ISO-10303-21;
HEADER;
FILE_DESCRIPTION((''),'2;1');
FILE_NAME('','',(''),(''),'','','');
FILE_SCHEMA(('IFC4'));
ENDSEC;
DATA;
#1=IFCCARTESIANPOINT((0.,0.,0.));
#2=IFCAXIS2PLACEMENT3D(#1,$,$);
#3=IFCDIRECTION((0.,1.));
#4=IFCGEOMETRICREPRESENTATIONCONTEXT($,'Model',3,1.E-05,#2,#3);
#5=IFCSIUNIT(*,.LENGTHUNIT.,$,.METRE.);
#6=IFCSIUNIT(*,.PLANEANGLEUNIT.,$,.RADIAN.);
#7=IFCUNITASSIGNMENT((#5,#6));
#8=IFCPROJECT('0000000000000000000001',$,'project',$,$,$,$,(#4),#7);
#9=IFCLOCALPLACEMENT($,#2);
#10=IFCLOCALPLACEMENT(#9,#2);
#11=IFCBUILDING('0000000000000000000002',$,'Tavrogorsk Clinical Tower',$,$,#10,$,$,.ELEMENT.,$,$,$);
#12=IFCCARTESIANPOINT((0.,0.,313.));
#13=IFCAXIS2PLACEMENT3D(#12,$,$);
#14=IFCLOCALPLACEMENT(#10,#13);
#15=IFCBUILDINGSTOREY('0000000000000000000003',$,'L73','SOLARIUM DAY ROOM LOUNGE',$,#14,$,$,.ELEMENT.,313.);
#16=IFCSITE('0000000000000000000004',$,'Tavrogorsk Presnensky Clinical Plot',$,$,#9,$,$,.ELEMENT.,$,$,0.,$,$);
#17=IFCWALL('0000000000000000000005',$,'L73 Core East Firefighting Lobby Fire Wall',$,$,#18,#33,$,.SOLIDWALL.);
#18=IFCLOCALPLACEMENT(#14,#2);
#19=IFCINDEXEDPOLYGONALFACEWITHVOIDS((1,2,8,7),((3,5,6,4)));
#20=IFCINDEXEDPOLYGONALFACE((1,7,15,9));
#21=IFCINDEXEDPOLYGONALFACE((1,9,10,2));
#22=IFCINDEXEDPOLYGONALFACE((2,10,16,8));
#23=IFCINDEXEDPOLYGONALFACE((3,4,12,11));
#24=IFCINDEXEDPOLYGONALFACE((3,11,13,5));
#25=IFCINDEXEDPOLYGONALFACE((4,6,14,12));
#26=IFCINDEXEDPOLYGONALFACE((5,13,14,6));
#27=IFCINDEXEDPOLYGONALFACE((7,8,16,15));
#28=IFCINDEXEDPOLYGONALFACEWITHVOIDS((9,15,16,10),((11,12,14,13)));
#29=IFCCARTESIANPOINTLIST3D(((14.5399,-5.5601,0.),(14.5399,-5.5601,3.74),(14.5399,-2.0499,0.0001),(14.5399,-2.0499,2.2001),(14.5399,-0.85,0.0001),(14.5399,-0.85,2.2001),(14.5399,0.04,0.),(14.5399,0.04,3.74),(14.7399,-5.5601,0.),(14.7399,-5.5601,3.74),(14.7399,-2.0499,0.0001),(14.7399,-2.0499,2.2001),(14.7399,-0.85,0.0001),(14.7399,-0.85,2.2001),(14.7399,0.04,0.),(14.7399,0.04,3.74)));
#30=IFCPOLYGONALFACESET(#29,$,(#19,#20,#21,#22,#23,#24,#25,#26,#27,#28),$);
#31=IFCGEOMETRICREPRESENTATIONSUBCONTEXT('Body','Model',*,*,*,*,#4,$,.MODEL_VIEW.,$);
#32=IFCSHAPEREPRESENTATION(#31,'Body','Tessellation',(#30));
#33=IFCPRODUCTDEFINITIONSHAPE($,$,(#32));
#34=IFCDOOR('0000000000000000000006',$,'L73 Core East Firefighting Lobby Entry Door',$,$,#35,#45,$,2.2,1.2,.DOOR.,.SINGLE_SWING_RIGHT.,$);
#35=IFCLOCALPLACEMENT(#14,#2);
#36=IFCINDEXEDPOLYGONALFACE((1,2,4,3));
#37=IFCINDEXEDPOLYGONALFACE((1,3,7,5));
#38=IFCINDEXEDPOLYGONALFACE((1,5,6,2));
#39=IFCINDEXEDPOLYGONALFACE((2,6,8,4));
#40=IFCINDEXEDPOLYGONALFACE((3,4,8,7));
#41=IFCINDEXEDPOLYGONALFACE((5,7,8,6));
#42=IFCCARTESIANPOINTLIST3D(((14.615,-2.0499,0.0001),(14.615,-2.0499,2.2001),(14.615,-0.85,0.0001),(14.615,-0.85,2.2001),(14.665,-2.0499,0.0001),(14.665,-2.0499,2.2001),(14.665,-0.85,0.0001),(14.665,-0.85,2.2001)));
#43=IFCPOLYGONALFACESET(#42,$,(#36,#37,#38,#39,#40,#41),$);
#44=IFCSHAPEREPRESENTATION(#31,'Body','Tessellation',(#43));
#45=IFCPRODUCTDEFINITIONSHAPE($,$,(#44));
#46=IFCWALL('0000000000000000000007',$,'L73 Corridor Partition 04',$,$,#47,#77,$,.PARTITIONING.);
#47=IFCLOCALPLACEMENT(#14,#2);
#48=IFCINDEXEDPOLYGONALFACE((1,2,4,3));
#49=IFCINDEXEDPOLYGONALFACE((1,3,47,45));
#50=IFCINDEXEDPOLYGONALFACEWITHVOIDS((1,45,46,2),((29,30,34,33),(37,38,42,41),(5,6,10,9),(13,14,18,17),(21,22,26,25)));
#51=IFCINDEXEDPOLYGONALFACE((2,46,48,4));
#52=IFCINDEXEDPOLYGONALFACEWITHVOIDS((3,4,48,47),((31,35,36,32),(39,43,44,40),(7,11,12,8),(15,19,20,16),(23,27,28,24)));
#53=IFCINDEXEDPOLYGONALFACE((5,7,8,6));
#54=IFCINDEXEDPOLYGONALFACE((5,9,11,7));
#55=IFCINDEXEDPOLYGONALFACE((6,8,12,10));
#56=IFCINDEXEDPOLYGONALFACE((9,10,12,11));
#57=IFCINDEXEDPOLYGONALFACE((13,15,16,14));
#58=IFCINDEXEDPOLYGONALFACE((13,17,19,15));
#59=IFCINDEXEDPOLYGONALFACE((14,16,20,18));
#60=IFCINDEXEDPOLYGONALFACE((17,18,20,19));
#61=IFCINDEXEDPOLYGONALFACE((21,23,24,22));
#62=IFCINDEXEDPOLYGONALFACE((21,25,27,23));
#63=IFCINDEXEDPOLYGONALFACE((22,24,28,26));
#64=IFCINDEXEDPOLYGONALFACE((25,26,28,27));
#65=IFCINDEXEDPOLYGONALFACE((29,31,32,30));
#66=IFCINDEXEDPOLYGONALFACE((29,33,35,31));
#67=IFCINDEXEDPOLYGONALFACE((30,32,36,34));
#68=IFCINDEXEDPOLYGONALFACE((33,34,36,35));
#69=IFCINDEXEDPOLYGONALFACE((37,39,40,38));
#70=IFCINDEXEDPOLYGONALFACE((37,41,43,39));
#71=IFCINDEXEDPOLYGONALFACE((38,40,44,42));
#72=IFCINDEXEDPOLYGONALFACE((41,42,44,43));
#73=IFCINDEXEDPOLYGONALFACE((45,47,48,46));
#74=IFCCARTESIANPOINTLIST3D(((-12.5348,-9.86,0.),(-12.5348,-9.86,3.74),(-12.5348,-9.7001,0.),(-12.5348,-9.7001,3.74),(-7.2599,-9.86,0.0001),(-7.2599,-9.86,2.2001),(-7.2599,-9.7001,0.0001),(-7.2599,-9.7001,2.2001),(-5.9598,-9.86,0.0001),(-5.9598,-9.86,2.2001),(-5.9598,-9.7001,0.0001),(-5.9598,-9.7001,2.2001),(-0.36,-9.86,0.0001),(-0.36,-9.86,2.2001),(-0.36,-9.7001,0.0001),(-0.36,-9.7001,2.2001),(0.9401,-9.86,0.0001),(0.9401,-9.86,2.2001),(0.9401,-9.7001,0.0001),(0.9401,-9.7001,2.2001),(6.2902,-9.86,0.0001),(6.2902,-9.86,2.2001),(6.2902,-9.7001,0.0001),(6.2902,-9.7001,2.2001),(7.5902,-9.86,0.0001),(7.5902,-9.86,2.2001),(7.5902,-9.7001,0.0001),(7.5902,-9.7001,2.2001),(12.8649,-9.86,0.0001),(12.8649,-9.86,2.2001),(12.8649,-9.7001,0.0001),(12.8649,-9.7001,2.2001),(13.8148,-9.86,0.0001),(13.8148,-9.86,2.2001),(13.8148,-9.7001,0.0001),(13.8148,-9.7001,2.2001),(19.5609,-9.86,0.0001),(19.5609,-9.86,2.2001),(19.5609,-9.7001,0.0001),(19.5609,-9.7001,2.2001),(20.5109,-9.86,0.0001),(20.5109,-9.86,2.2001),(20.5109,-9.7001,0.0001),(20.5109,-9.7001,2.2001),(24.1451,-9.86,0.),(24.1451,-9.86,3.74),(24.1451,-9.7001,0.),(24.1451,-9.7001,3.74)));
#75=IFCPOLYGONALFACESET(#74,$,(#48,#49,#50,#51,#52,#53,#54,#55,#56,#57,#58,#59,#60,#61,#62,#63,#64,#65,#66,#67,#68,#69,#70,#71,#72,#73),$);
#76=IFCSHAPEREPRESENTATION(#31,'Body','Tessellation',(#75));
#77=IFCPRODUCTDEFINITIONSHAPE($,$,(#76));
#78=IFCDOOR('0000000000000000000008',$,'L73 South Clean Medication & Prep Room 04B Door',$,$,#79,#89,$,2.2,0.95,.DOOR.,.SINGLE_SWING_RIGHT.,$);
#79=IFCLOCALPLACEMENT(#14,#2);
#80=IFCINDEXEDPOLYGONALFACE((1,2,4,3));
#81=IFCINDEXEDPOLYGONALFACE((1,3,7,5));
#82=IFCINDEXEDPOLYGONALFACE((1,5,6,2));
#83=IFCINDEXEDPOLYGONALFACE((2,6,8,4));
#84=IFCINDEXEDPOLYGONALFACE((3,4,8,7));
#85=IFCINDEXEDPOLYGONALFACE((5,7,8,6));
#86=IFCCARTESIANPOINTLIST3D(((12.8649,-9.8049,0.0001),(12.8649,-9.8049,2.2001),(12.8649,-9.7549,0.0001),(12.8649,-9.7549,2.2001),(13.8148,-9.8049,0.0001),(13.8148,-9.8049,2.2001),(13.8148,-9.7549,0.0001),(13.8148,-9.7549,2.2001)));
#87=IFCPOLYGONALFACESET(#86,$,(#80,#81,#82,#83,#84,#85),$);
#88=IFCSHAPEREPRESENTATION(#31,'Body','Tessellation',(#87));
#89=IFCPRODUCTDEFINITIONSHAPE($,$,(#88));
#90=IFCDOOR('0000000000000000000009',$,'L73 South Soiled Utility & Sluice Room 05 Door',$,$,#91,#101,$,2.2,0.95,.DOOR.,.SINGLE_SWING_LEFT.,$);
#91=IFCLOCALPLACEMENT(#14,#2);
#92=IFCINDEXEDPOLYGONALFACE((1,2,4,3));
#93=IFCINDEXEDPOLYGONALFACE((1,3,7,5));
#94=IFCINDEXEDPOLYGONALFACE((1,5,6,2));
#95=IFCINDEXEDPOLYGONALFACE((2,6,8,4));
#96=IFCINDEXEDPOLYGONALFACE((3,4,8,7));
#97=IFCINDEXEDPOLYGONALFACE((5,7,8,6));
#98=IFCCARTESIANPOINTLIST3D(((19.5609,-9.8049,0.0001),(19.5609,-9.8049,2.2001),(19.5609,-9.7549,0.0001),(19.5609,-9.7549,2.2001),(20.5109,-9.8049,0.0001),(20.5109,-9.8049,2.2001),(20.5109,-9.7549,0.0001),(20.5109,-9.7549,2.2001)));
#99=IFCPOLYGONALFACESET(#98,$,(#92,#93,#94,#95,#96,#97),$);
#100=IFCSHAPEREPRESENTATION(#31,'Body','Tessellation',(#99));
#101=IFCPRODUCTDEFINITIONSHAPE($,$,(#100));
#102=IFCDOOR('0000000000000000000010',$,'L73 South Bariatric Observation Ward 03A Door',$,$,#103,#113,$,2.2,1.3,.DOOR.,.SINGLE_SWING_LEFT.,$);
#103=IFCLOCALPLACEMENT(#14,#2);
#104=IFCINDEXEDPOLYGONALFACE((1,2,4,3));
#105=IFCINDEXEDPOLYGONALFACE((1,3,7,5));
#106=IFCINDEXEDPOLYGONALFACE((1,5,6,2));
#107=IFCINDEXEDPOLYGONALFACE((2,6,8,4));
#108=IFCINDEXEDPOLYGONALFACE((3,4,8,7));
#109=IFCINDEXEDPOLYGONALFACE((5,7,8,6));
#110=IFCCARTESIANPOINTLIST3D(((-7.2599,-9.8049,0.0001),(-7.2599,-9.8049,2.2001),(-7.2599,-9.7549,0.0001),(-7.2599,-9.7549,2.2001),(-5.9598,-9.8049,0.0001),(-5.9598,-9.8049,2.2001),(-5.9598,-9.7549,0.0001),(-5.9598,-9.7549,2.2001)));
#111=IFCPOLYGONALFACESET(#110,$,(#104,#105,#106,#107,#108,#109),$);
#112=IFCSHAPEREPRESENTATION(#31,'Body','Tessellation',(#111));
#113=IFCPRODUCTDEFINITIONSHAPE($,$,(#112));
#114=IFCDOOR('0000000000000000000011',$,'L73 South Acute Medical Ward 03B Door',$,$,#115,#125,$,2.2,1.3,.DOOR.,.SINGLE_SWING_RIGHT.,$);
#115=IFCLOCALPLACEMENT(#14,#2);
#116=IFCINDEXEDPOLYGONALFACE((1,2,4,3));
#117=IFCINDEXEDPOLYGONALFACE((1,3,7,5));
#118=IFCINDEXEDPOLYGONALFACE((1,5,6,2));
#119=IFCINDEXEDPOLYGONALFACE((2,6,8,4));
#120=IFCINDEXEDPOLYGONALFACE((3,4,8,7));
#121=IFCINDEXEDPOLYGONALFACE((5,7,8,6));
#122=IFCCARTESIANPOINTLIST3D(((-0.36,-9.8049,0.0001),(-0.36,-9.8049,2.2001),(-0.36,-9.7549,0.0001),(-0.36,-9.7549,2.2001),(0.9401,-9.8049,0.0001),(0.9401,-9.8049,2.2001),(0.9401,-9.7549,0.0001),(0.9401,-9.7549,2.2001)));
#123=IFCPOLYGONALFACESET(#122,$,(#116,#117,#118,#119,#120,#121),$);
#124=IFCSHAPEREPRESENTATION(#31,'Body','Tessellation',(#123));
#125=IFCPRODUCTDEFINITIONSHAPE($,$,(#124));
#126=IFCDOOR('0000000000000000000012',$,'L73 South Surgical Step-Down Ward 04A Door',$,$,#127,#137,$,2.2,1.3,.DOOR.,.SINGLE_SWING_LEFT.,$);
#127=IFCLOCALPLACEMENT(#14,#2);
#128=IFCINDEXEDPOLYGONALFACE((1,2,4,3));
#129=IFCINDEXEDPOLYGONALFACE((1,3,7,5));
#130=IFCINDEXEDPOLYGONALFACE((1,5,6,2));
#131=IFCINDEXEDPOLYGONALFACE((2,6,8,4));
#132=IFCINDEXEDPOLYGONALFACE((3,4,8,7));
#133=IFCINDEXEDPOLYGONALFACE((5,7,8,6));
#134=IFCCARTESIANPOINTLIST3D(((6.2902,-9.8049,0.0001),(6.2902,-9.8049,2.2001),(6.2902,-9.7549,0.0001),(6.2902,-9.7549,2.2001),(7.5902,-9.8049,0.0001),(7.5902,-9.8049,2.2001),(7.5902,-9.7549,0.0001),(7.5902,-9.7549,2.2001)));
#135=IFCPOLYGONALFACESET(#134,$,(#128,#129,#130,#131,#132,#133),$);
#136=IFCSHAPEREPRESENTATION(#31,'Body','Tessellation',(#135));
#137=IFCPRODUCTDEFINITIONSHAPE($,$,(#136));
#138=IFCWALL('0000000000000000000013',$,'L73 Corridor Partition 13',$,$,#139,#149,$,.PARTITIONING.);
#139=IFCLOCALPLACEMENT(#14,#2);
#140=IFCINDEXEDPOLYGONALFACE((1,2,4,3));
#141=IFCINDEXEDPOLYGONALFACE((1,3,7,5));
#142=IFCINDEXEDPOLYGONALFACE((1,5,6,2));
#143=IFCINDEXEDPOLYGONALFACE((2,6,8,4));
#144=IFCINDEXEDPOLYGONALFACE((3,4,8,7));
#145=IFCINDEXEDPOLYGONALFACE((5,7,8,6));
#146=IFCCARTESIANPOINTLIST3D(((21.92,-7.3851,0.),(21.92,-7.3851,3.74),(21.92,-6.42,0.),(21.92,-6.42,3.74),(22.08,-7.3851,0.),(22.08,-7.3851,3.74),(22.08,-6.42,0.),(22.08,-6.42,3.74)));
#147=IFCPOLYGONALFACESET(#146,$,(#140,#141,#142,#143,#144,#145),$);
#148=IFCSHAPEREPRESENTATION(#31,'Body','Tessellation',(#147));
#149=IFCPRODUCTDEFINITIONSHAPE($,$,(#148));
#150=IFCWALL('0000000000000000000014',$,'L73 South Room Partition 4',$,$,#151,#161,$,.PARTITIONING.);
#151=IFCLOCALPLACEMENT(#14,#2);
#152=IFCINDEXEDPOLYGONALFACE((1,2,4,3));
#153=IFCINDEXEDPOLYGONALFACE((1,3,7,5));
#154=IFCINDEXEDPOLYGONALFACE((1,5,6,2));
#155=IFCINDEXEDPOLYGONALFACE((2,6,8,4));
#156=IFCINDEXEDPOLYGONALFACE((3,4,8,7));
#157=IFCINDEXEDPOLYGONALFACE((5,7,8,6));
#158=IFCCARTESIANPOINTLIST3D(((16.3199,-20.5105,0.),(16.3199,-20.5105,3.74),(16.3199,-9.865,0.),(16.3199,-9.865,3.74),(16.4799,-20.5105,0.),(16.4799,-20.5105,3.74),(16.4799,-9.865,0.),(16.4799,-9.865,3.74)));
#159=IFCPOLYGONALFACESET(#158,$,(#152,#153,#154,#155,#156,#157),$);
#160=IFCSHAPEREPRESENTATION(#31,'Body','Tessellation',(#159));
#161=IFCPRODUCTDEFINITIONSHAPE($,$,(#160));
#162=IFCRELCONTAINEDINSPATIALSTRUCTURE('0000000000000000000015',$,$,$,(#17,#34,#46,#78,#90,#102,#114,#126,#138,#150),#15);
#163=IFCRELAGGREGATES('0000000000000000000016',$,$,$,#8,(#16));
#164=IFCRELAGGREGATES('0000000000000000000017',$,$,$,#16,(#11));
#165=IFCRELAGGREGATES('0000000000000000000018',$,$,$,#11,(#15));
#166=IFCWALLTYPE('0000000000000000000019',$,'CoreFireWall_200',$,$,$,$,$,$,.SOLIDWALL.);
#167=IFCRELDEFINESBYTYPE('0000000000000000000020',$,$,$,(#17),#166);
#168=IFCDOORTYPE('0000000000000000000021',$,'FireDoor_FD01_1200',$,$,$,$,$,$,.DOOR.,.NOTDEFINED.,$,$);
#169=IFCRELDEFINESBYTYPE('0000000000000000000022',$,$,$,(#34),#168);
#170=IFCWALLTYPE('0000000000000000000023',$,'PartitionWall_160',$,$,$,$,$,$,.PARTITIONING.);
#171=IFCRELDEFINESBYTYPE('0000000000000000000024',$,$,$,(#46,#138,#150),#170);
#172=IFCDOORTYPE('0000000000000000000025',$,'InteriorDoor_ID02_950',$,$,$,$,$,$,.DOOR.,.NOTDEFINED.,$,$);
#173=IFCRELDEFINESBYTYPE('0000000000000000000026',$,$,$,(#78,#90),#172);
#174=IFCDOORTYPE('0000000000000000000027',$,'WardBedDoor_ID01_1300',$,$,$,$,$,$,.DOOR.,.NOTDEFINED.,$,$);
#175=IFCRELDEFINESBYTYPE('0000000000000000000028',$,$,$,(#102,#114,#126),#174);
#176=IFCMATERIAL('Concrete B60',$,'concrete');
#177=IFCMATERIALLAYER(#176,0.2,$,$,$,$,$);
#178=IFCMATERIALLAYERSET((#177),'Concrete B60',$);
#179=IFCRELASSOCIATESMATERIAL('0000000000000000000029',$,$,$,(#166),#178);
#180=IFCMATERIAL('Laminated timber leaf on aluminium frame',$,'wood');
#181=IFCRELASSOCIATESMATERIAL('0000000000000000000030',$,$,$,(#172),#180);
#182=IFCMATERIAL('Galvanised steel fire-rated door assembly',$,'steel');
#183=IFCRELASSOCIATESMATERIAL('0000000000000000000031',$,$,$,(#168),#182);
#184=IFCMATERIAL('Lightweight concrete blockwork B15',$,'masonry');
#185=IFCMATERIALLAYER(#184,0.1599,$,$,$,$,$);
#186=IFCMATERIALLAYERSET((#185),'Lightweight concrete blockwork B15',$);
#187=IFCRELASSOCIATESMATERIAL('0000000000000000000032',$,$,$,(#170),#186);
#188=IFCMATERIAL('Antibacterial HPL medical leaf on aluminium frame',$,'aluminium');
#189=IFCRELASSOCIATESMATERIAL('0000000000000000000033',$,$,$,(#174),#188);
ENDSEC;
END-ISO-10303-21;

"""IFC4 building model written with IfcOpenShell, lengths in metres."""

from ifc_helpers import new_model, si_unit, direction, frame, frame_2d, origin, place, context, subcontext, project, spatial, rectangle, extrude, material, layer, layer_set, type_object, element, fill, save


model = new_model("IFC4")

# Units and contexts
model_context = context("Model", 3, precision=1e-05, world=origin(), true_north=direction((0.0, 1.0)))
body_context = subcontext(model_context, "Body", "Model", "MODEL_VIEW")
ifc_project = project(units=[si_unit("LENGTHUNIT", "METRE"), si_unit("PLANEANGLEUNIT", "RADIAN")], contexts=[model_context])

# Site, building, storey
site_placement = place(None, origin())
site = spatial("IfcSite", under=ifc_project, at=site_placement, Name="Tavrogorsk Presnensky Clinical Plot", CompositionType="ELEMENT", RefElevation=0.0)
building_placement = place(site_placement, origin())
building = spatial("IfcBuilding", under=site, at=building_placement, Name="Tavrogorsk Clinical Tower", CompositionType="ELEMENT")
storey_placement = place(building_placement, frame((0.0, 0.0, 313.0)))
storey = spatial("IfcBuildingStorey", under=building, at=storey_placement, Name="L73", Description="SOLARIUM DAY ROOM LOUNGE", CompositionType="ELEMENT", Elevation=313.0)

# Wall, opening, door
ifc_material_1 = material(Name="Concrete B60", Category="concrete")
ifc_layer_1 = layer(ifc_material_1, 0.2)
ifc_layer_set_1 = layer_set([ifc_layer_1], Name="Concrete B60")
wall_type_1 = type_object("IfcWallType", Name="CoreFireWall_200", PredefinedType="SOLIDWALL", material=ifc_layer_set_1)
ifc_material_2 = material(Name="Laminated timber leaf on aluminium frame", Category="wood")
door_type_1 = type_object("IfcDoorType", Name="InteriorDoor_ID02_950", OperationType="NOTDEFINED", PredefinedType="DOOR", material=ifc_material_2)
wall_1_placement = place(storey_placement, frame((14.6399, -5.5601, 0.0), z_axis=(0.0, 0.0, 1.0), x_axis=(0.0, 1.0, 0.0)))
wall_1 = element("IfcWall", 1, at=wall_1_placement, inside=storey, type_object=wall_type_1, Name="L73 Core East Firefighting Lobby Fire Wall", PredefinedType="SOLIDWALL", context=body_context, shape_type="SweptSolid", body=[
    extrude(rectangle(XDim=5.6001, YDim=0.2, at=frame_2d((2.8, 0.0))), origin(), (0.0, 0.0, 1.0), 3.74),
])
opening_1_placement = place(wall_1_placement, frame((3.51, 0.0, 0.0)))
opening_1 = element("IfcOpeningElement", 2, at=opening_1_placement, cuts=wall_1, PredefinedType="OPENING", context=body_context, shape_type="SweptSolid", body=[
    extrude(rectangle(XDim=1.2, YDim=2.2, at=frame_2d((0.6001, 1.1001))), frame((0.0, 0.1099, 0.0), z_axis=(0.0, -1.0, 0.0), x_axis=(1.0, 0.0, 0.0)), (0.0, 0.0, 1.0), 0.22),
])
ifc_material_3 = material(Name="Galvanised steel fire-rated door assembly", Category="steel")
door_type_2 = type_object("IfcDoorType", Name="FireDoor_FD01_1200", OperationType="NOTDEFINED", PredefinedType="DOOR", material=ifc_material_3)
door_1_placement = place(opening_1_placement, origin())
door_1 = element("IfcDoor", 3, at=door_1_placement, inside=storey, type_object=door_type_2, Name="L73 Core East Firefighting Lobby Entry Door", OperationType="SINGLE_SWING_RIGHT", OverallHeight=2.2, OverallWidth=1.2, PredefinedType="DOOR", context=body_context, shape_type="SweptSolid", body=[
    extrude(rectangle(XDim=1.2, YDim=2.2, at=frame_2d((0.6001, 1.1001))), frame((0.0, 0.0249, 0.0), z_axis=(0.0, -1.0, 0.0), x_axis=(1.0, 0.0, 0.0)), (0.0, 0.0, 1.0), 0.05),
])
fill(opening_1, door_1)

# Wall, openings, doors
ifc_material_4 = material(Name="Lightweight concrete blockwork B15", Category="masonry")
ifc_layer_2 = layer(ifc_material_4, 0.1599)
ifc_layer_set_2 = layer_set([ifc_layer_2], Name="Lightweight concrete blockwork B15")
wall_type_2 = type_object("IfcWallType", Name="PartitionWall_160", PredefinedType="PARTITIONING", material=ifc_layer_set_2)
wall_2_placement = place(storey_placement, frame((24.145, -9.78, 0.0), z_axis=(0.0, 0.0, 1.0), x_axis=(-1.0, 0.0, 0.0)))
wall_2 = element("IfcWall", 4, at=wall_2_placement, inside=storey, type_object=wall_type_2, Name="L73 Corridor Partition 04", PredefinedType="PARTITIONING", context=body_context, shape_type="SweptSolid", body=[
    extrude(rectangle(XDim=36.6799, YDim=0.1599, at=frame_2d((18.3398, 0.0))), origin(), (0.0, 0.0, 1.0), 3.74),
])
opening_2_placement = place(wall_2_placement, frame((30.105, 0.0, 0.0)))
opening_2 = element("IfcOpeningElement", 5, at=opening_2_placement, cuts=wall_2, PredefinedType="OPENING", context=body_context, shape_type="SweptSolid", body=[
    extrude(rectangle(XDim=1.3, YDim=2.2, at=frame_2d((0.6499, 1.1001))), frame((0.0, 0.0898, 0.0), z_axis=(0.0, -1.0, 0.0), x_axis=(1.0, 0.0, 0.0)), (0.0, 0.0, 1.0), 0.1799),
])
opening_3_placement = place(wall_2_placement, frame((23.2051, 0.0, 0.0)))
opening_3 = element("IfcOpeningElement", 6, at=opening_3_placement, cuts=wall_2, PredefinedType="OPENING", context=body_context, shape_type="SweptSolid", body=[
    extrude(rectangle(XDim=1.3, YDim=2.2, at=frame_2d((0.6499, 1.1001))), frame((0.0, 0.0898, 0.0), z_axis=(0.0, -1.0, 0.0), x_axis=(1.0, 0.0, 0.0)), (0.0, 0.0, 1.0), 0.1799),
])
opening_4_placement = place(wall_2_placement, frame((16.5549, 0.0, 0.0)))
opening_4 = element("IfcOpeningElement", 7, at=opening_4_placement, cuts=wall_2, PredefinedType="OPENING", context=body_context, shape_type="SweptSolid", body=[
    extrude(rectangle(XDim=1.3, YDim=2.2, at=frame_2d((0.6499, 1.1001))), frame((0.0, 0.0898, 0.0), z_axis=(0.0, -1.0, 0.0), x_axis=(1.0, 0.0, 0.0)), (0.0, 0.0, 1.0), 0.1799),
])
opening_5_placement = place(wall_2_placement, frame((10.3301, 0.0, 0.0)))
opening_5 = element("IfcOpeningElement", 8, at=opening_5_placement, cuts=wall_2, PredefinedType="OPENING", context=body_context, shape_type="SweptSolid", body=[
    extrude(rectangle(XDim=0.95, YDim=2.2, at=frame_2d((0.4751, 1.1001))), frame((0.0, 0.0898, 0.0), z_axis=(0.0, -1.0, 0.0), x_axis=(1.0, 0.0, 0.0)), (0.0, 0.0, 1.0), 0.1799),
])
opening_6_placement = place(wall_2_placement, frame((3.634, 0.0, 0.0)))
opening_6 = element("IfcOpeningElement", 9, at=opening_6_placement, cuts=wall_2, PredefinedType="OPENING", context=body_context, shape_type="SweptSolid", body=[
    extrude(rectangle(XDim=0.95, YDim=2.2, at=frame_2d((0.4751, 1.1001))), frame((0.0, 0.0898, 0.0), z_axis=(0.0, -1.0, 0.0), x_axis=(1.0, 0.0, 0.0)), (0.0, 0.0, 1.0), 0.1799),
])
door_2_placement = place(opening_5_placement, origin())
door_2 = element("IfcDoor", 10, at=door_2_placement, inside=storey, type_object=door_type_1, Name="L73 South Clean Medication & Prep Room 04B Door", OperationType="SINGLE_SWING_RIGHT", OverallHeight=2.2, OverallWidth=0.95, PredefinedType="DOOR", context=body_context, shape_type="SweptSolid", body=[
    extrude(rectangle(XDim=0.95, YDim=2.2, at=frame_2d((0.4751, 1.1001))), frame((0.0, 0.0249, 0.0), z_axis=(0.0, -1.0, 0.0), x_axis=(1.0, 0.0, 0.0)), (0.0, 0.0, 1.0), 0.05),
])
fill(opening_5, door_2)
door_3_placement = place(opening_6_placement, origin())
door_3 = element("IfcDoor", 11, at=door_3_placement, inside=storey, type_object=door_type_1, Name="L73 South Soiled Utility & Sluice Room 05 Door", OperationType="SINGLE_SWING_LEFT", OverallHeight=2.2, OverallWidth=0.95, PredefinedType="DOOR", context=body_context, shape_type="SweptSolid", body=[
    extrude(rectangle(XDim=0.95, YDim=2.2, at=frame_2d((0.4751, 1.1001))), frame((0.0, 0.0249, 0.0), z_axis=(0.0, -1.0, 0.0), x_axis=(1.0, 0.0, 0.0)), (0.0, 0.0, 1.0), 0.05),
])
fill(opening_6, door_3)
ifc_material_5 = material(Name="Antibacterial HPL medical leaf on aluminium frame", Category="aluminium")
door_type_3 = type_object("IfcDoorType", Name="WardBedDoor_ID01_1300", OperationType="NOTDEFINED", PredefinedType="DOOR", material=ifc_material_5)
door_4_placement = place(opening_2_placement, origin())
door_4 = element("IfcDoor", 12, at=door_4_placement, inside=storey, type_object=door_type_3, Name="L73 South Bariatric Observation Ward 03A Door", OperationType="SINGLE_SWING_LEFT", OverallHeight=2.2, OverallWidth=1.3, PredefinedType="DOOR", context=body_context, shape_type="SweptSolid", body=[
    extrude(rectangle(XDim=1.3, YDim=2.2, at=frame_2d((0.6499, 1.1001))), frame((0.0, 0.0249, 0.0), z_axis=(0.0, -1.0, 0.0), x_axis=(1.0, 0.0, 0.0)), (0.0, 0.0, 1.0), 0.05),
])
fill(opening_2, door_4)
door_5_placement = place(opening_3_placement, origin())
door_5 = element("IfcDoor", 13, at=door_5_placement, inside=storey, type_object=door_type_3, Name="L73 South Acute Medical Ward 03B Door", OperationType="SINGLE_SWING_RIGHT", OverallHeight=2.2, OverallWidth=1.3, PredefinedType="DOOR", context=body_context, shape_type="SweptSolid", body=[
    extrude(rectangle(XDim=1.3, YDim=2.2, at=frame_2d((0.6499, 1.1001))), frame((0.0, 0.0249, 0.0), z_axis=(0.0, -1.0, 0.0), x_axis=(1.0, 0.0, 0.0)), (0.0, 0.0, 1.0), 0.05),
])
fill(opening_3, door_5)
door_6_placement = place(opening_4_placement, origin())
door_6 = element("IfcDoor", 14, at=door_6_placement, inside=storey, type_object=door_type_3, Name="L73 South Surgical Step-Down Ward 04A Door", OperationType="SINGLE_SWING_LEFT", OverallHeight=2.2, OverallWidth=1.3, PredefinedType="DOOR", context=body_context, shape_type="SweptSolid", body=[
    extrude(rectangle(XDim=1.3, YDim=2.2, at=frame_2d((0.6499, 1.1001))), frame((0.0, 0.0249, 0.0), z_axis=(0.0, -1.0, 0.0), x_axis=(1.0, 0.0, 0.0)), (0.0, 0.0, 1.0), 0.05),
])
fill(opening_4, door_6)

# Walls
wall_3_placement = place(storey_placement, frame((22.0, -7.385, 0.0), z_axis=(0.0, 0.0, 1.0), x_axis=(0.0, 1.0, 0.0)))
element("IfcWall", 15, at=wall_3_placement, inside=storey, type_object=wall_type_2, Name="L73 Corridor Partition 13", PredefinedType="PARTITIONING", context=body_context, shape_type="SweptSolid", body=[
    extrude(rectangle(XDim=0.9651, YDim=0.1599, at=frame_2d((0.4824, 0.0))), origin(), (0.0, 0.0, 1.0), 3.74),
])
wall_4_placement = place(storey_placement, frame((16.3999, -20.5105, 0.0), z_axis=(0.0, 0.0, 1.0), x_axis=(0.0, 1.0, 0.0)))
element("IfcWall", 16, at=wall_4_placement, inside=storey, type_object=wall_type_2, Name="L73 South Room Partition 4", PredefinedType="PARTITIONING", context=body_context, shape_type="SweptSolid", body=[
    extrude(rectangle(XDim=10.6455, YDim=0.1599, at=frame_2d((5.3228, 0.0))), origin(), (0.0, 0.0, 1.0), 3.74),
])

save(model, "model.ifc")
